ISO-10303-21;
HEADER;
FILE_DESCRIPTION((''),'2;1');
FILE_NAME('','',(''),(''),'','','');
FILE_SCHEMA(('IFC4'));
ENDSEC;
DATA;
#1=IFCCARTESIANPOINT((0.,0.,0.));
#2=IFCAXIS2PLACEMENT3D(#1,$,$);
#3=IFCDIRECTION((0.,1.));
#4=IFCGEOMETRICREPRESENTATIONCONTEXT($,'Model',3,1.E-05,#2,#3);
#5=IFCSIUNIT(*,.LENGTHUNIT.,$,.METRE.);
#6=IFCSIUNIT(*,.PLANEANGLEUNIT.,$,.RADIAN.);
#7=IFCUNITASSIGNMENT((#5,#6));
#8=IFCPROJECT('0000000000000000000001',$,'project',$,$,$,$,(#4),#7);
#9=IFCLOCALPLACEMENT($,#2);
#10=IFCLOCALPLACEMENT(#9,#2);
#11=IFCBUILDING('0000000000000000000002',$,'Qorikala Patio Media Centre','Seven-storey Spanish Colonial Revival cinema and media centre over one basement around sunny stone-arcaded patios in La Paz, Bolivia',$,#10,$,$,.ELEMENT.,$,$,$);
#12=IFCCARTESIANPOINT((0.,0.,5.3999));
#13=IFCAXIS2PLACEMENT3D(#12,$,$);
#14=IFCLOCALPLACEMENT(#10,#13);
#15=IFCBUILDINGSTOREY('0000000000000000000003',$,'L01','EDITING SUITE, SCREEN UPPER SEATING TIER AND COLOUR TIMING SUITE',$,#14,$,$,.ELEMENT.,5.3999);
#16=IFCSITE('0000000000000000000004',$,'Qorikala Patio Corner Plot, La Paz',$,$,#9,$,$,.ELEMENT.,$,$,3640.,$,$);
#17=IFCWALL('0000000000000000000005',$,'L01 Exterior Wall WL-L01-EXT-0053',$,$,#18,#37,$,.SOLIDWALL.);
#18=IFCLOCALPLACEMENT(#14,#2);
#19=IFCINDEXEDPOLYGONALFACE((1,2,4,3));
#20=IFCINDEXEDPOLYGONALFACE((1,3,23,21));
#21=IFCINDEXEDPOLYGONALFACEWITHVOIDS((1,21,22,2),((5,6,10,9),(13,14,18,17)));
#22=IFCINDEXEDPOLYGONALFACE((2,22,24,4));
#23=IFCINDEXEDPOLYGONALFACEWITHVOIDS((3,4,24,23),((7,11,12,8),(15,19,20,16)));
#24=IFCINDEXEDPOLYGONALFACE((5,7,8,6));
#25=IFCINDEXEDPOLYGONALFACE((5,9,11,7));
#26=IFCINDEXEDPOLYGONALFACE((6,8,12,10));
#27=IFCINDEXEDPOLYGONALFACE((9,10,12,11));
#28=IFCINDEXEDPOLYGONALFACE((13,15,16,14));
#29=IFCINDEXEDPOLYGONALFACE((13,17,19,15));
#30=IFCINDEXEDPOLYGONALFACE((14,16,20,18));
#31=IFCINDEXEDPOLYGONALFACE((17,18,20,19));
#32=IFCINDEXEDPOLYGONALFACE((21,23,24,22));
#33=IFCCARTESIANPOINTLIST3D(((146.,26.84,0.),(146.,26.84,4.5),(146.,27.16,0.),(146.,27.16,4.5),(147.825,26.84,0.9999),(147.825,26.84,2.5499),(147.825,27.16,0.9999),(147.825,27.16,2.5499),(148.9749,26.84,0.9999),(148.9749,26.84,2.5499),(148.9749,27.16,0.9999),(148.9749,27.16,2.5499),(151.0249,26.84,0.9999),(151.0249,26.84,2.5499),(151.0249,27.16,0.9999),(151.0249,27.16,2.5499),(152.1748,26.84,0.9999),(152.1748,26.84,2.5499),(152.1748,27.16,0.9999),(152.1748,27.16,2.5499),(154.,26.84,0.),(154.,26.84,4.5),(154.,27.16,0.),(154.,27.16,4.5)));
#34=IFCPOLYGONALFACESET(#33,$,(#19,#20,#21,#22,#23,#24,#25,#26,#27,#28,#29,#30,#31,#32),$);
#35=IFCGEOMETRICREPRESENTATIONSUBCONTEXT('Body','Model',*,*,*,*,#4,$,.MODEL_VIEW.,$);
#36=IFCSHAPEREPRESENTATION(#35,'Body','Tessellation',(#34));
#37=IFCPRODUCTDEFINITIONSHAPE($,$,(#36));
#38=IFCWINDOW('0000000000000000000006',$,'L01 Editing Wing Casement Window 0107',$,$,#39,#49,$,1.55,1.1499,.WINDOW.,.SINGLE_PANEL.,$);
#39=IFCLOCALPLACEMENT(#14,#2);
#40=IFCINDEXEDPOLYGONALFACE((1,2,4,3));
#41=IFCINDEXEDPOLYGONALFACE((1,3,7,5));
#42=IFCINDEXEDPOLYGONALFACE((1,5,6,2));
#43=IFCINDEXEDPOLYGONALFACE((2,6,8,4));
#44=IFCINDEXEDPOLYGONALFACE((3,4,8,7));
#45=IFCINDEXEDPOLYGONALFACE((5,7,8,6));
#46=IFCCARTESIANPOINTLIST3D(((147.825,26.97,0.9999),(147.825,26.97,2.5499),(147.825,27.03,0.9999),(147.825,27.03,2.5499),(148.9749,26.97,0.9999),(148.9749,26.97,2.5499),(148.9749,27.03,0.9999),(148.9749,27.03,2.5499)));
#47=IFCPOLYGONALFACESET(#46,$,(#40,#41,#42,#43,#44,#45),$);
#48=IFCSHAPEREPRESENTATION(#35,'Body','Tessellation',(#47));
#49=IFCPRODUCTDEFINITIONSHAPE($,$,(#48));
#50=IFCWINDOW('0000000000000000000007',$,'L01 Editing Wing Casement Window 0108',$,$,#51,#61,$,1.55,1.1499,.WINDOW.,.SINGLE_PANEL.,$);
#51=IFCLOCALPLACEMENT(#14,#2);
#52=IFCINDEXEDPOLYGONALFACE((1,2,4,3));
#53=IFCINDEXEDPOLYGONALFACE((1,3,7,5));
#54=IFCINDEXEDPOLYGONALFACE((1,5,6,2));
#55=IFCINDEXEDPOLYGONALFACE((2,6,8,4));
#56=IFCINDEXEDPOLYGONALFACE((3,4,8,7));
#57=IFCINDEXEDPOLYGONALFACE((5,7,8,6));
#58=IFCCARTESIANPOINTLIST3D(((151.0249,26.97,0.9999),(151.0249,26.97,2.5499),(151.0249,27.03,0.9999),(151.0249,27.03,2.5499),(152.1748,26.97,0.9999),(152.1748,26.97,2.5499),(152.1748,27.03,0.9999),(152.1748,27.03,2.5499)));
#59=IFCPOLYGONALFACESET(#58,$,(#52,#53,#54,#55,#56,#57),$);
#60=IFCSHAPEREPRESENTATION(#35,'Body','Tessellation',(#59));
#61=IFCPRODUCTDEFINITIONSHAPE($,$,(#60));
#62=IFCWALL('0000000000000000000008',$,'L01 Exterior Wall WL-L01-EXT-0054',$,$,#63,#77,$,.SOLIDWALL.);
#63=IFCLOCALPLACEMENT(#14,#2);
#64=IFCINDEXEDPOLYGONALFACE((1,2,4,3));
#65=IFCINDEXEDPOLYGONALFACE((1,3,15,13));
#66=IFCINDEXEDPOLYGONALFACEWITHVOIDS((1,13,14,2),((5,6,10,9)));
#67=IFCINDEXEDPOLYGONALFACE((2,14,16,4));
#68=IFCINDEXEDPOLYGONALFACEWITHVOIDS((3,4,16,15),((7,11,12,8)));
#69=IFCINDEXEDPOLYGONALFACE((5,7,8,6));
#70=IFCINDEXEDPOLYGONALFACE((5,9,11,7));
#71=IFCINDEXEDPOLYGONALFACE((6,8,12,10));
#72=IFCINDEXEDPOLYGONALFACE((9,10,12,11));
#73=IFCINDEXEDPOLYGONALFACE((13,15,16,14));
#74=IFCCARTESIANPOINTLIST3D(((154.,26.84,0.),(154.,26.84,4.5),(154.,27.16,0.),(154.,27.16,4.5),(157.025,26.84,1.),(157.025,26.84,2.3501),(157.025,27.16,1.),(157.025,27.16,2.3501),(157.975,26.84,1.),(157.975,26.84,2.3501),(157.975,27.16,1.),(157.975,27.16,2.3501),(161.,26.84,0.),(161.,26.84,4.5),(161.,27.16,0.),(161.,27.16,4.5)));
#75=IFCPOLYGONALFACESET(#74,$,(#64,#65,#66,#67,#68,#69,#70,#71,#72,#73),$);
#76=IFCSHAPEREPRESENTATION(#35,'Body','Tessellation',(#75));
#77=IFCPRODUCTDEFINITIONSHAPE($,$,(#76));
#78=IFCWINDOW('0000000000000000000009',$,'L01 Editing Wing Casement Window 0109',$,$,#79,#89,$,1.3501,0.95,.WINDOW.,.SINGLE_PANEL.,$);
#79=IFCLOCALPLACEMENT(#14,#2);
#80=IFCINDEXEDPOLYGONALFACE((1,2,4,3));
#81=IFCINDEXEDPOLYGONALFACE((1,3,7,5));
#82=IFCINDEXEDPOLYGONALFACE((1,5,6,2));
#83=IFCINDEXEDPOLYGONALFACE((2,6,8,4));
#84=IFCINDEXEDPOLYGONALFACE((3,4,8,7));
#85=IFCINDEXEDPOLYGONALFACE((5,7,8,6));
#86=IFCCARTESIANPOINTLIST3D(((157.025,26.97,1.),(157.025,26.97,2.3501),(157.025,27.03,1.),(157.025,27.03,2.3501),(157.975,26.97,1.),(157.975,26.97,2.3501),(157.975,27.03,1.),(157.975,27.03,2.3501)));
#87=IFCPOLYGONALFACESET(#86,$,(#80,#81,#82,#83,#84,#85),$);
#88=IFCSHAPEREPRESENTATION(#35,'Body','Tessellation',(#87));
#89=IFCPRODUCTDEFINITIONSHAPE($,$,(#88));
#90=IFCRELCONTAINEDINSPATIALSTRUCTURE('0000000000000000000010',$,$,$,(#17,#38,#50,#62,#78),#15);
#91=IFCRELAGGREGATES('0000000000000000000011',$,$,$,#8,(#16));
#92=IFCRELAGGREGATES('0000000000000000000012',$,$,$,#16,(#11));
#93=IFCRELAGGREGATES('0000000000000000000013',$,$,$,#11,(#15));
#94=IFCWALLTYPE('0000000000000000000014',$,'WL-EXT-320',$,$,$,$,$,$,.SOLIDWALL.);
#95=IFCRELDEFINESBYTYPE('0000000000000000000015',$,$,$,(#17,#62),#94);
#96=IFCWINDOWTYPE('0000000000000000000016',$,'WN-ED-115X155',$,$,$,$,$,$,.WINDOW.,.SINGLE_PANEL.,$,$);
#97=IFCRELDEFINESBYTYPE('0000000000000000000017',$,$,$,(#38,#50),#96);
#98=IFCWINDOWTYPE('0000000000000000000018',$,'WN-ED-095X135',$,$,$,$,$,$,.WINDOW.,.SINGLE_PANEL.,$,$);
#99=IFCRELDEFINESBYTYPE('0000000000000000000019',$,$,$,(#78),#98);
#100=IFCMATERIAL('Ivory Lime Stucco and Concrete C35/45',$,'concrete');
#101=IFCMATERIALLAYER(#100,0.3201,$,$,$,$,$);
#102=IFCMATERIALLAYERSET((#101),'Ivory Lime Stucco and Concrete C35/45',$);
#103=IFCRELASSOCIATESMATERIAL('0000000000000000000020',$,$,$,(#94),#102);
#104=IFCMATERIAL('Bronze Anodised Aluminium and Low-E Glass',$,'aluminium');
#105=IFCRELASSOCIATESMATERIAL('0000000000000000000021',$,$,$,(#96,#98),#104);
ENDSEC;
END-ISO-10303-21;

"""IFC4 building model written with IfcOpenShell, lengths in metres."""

from ifc_helpers import new_model, si_unit, direction, frame, frame_2d, origin, place, context, subcontext, project, spatial, rectangle, extrude, material, layer, layer_set, type_object, element, fill, save


model = new_model("IFC4")

# Units and contexts
model_context = context("Model", 3, precision=1e-05, world=origin(), true_north=direction((0.0, 1.0)))
body_context = subcontext(model_context, "Body", "Model", "MODEL_VIEW")
ifc_project = project(units=[si_unit("LENGTHUNIT", "METRE"), si_unit("PLANEANGLEUNIT", "RADIAN")], contexts=[model_context])

# Site, building, storey
site_placement = place(None, origin())
site = spatial("IfcSite", under=ifc_project, at=site_placement, Name="Qorikala Patio Corner Plot, La Paz", CompositionType="ELEMENT", RefElevation=3640.0)
building_placement = place(site_placement, origin())
building = spatial("IfcBuilding", under=site, at=building_placement, Name="Qorikala Patio Media Centre", Description="Seven-storey Spanish Colonial Revival cinema and media centre over one basement around sunny stone-arcaded patios in La Paz, Bolivia", CompositionType="ELEMENT")
storey_placement = place(building_placement, frame((0.0, 0.0, 5.3999)))
storey = spatial("IfcBuildingStorey", under=building, at=storey_placement, Name="L01", Description="EDITING SUITE, SCREEN UPPER SEATING TIER AND COLOUR TIMING SUITE", CompositionType="ELEMENT", Elevation=5.3999)

# Wall, openings, windows
ifc_material_1 = material(Name="Ivory Lime Stucco and Concrete C35/45", Category="concrete")
ifc_layer = layer(ifc_material_1, 0.3201)
ifc_layer_set = layer_set([ifc_layer], Name="Ivory Lime Stucco and Concrete C35/45")
wall_type = type_object("IfcWallType", Name="WL-EXT-320", PredefinedType="SOLIDWALL", material=ifc_layer_set)
wall_1_placement = place(storey_placement, frame((146.0, 27.0, 0.0), z_axis=(0.0, 0.0, 1.0), x_axis=(1.0, 0.0, 0.0)))
wall_1 = element("IfcWall", 1, at=wall_1_placement, inside=storey, type_object=wall_type, Name="L01 Exterior Wall WL-L01-EXT-0053", PredefinedType="SOLIDWALL", context=body_context, shape_type="SweptSolid", body=[
    extrude(rectangle(XDim=8.0, YDim=0.3201, at=frame_2d((4.0, 0.0))), origin(), (0.0, 0.0, 1.0), 4.5),
])
opening_1_placement = place(wall_1_placement, frame((1.825, 0.0, 1.0)))
opening_1 = element("IfcOpeningElement", 2, at=opening_1_placement, cuts=wall_1, PredefinedType="OPENING", context=body_context, shape_type="SweptSolid", body=[
    extrude(rectangle(XDim=1.1499, YDim=1.55, at=frame_2d((0.575, 0.7749))), frame((0.0, 0.1699, 0.0), z_axis=(0.0, -1.0, 0.0), x_axis=(1.0, 0.0, 0.0)), (0.0, 0.0, 1.0), 0.3401),
])
opening_2_placement = place(wall_1_placement, frame((5.0249, 0.0, 1.0)))
opening_2 = element("IfcOpeningElement", 3, at=opening_2_placement, cuts=wall_1, PredefinedType="OPENING", context=body_context, shape_type="SweptSolid", body=[
    extrude(rectangle(XDim=1.1499, YDim=1.55, at=frame_2d((0.575, 0.7749))), frame((0.0, 0.1699, 0.0), z_axis=(0.0, -1.0, 0.0), x_axis=(1.0, 0.0, 0.0)), (0.0, 0.0, 1.0), 0.3401),
])
ifc_material_2 = material(Name="Bronze Anodised Aluminium and Low-E Glass", Category="aluminium")
window_type_1 = type_object("IfcWindowType", Name="WN-ED-115X155", PartitioningType="SINGLE_PANEL", PredefinedType="WINDOW", material=ifc_material_2)
window_1_placement = place(opening_1_placement, origin())
window_1 = element("IfcWindow", 4, at=window_1_placement, inside=storey, type_object=window_type_1, Name="L01 Editing Wing Casement Window 0107", OverallHeight=1.55, OverallWidth=1.1499, PartitioningType="SINGLE_PANEL", PredefinedType="WINDOW", context=body_context, shape_type="SweptSolid", body=[
    extrude(rectangle(XDim=1.1499, YDim=1.55, at=frame_2d((0.575, 0.7749))), frame((0.0, 0.03, 0.0), z_axis=(0.0, -1.0, 0.0), x_axis=(1.0, 0.0, 0.0)), (0.0, 0.0, 1.0), 0.0601),
])
fill(opening_1, window_1)
window_2_placement = place(opening_2_placement, origin())
window_2 = element("IfcWindow", 5, at=window_2_placement, inside=storey, type_object=window_type_1, Name="L01 Editing Wing Casement Window 0108", OverallHeight=1.55, OverallWidth=1.1499, PartitioningType="SINGLE_PANEL", PredefinedType="WINDOW", context=body_context, shape_type="SweptSolid", body=[
    extrude(rectangle(XDim=1.1499, YDim=1.55, at=frame_2d((0.575, 0.7749))), frame((0.0, 0.03, 0.0), z_axis=(0.0, -1.0, 0.0), x_axis=(1.0, 0.0, 0.0)), (0.0, 0.0, 1.0), 0.0601),
])
fill(opening_2, window_2)

# Wall, opening, window
wall_2_placement = place(storey_placement, frame((154.0, 27.0, 0.0), z_axis=(0.0, 0.0, 1.0), x_axis=(1.0, 0.0, 0.0)))
wall_2 = element("IfcWall", 6, at=wall_2_placement, inside=storey, type_object=wall_type, Name="L01 Exterior Wall WL-L01-EXT-0054", PredefinedType="SOLIDWALL", context=body_context, shape_type="SweptSolid", body=[
    extrude(rectangle(XDim=7.0, YDim=0.3201, at=frame_2d((3.5, 0.0))), origin(), (0.0, 0.0, 1.0), 4.5),
])
opening_3_placement = place(wall_2_placement, frame((3.0249, 0.0, 1.0)))
opening_3 = element("IfcOpeningElement", 7, at=opening_3_placement, cuts=wall_2, PredefinedType="OPENING", context=body_context, shape_type="SweptSolid", body=[
    extrude(rectangle(XDim=0.95, YDim=1.3501, at=frame_2d((0.4751, 0.675))), frame((0.0, 0.1699, 0.0), z_axis=(0.0, -1.0, 0.0), x_axis=(1.0, 0.0, 0.0)), (0.0, 0.0, 1.0), 0.3401),
])
window_type_2 = type_object("IfcWindowType", Name="WN-ED-095X135", PartitioningType="SINGLE_PANEL", PredefinedType="WINDOW", material=ifc_material_2)
window_3_placement = place(opening_3_placement, origin())
window_3 = element("IfcWindow", 8, at=window_3_placement, inside=storey, type_object=window_type_2, Name="L01 Editing Wing Casement Window 0109", OverallHeight=1.3501, OverallWidth=0.95, PartitioningType="SINGLE_PANEL", PredefinedType="WINDOW", context=body_context, shape_type="SweptSolid", body=[
    extrude(rectangle(XDim=0.95, YDim=1.3501, at=frame_2d((0.4751, 0.675))), frame((0.0, 0.03, 0.0), z_axis=(0.0, -1.0, 0.0), x_axis=(1.0, 0.0, 0.0)), (0.0, 0.0, 1.0), 0.0601),
])
fill(opening_3, window_3)

save(model, "model.ifc")
